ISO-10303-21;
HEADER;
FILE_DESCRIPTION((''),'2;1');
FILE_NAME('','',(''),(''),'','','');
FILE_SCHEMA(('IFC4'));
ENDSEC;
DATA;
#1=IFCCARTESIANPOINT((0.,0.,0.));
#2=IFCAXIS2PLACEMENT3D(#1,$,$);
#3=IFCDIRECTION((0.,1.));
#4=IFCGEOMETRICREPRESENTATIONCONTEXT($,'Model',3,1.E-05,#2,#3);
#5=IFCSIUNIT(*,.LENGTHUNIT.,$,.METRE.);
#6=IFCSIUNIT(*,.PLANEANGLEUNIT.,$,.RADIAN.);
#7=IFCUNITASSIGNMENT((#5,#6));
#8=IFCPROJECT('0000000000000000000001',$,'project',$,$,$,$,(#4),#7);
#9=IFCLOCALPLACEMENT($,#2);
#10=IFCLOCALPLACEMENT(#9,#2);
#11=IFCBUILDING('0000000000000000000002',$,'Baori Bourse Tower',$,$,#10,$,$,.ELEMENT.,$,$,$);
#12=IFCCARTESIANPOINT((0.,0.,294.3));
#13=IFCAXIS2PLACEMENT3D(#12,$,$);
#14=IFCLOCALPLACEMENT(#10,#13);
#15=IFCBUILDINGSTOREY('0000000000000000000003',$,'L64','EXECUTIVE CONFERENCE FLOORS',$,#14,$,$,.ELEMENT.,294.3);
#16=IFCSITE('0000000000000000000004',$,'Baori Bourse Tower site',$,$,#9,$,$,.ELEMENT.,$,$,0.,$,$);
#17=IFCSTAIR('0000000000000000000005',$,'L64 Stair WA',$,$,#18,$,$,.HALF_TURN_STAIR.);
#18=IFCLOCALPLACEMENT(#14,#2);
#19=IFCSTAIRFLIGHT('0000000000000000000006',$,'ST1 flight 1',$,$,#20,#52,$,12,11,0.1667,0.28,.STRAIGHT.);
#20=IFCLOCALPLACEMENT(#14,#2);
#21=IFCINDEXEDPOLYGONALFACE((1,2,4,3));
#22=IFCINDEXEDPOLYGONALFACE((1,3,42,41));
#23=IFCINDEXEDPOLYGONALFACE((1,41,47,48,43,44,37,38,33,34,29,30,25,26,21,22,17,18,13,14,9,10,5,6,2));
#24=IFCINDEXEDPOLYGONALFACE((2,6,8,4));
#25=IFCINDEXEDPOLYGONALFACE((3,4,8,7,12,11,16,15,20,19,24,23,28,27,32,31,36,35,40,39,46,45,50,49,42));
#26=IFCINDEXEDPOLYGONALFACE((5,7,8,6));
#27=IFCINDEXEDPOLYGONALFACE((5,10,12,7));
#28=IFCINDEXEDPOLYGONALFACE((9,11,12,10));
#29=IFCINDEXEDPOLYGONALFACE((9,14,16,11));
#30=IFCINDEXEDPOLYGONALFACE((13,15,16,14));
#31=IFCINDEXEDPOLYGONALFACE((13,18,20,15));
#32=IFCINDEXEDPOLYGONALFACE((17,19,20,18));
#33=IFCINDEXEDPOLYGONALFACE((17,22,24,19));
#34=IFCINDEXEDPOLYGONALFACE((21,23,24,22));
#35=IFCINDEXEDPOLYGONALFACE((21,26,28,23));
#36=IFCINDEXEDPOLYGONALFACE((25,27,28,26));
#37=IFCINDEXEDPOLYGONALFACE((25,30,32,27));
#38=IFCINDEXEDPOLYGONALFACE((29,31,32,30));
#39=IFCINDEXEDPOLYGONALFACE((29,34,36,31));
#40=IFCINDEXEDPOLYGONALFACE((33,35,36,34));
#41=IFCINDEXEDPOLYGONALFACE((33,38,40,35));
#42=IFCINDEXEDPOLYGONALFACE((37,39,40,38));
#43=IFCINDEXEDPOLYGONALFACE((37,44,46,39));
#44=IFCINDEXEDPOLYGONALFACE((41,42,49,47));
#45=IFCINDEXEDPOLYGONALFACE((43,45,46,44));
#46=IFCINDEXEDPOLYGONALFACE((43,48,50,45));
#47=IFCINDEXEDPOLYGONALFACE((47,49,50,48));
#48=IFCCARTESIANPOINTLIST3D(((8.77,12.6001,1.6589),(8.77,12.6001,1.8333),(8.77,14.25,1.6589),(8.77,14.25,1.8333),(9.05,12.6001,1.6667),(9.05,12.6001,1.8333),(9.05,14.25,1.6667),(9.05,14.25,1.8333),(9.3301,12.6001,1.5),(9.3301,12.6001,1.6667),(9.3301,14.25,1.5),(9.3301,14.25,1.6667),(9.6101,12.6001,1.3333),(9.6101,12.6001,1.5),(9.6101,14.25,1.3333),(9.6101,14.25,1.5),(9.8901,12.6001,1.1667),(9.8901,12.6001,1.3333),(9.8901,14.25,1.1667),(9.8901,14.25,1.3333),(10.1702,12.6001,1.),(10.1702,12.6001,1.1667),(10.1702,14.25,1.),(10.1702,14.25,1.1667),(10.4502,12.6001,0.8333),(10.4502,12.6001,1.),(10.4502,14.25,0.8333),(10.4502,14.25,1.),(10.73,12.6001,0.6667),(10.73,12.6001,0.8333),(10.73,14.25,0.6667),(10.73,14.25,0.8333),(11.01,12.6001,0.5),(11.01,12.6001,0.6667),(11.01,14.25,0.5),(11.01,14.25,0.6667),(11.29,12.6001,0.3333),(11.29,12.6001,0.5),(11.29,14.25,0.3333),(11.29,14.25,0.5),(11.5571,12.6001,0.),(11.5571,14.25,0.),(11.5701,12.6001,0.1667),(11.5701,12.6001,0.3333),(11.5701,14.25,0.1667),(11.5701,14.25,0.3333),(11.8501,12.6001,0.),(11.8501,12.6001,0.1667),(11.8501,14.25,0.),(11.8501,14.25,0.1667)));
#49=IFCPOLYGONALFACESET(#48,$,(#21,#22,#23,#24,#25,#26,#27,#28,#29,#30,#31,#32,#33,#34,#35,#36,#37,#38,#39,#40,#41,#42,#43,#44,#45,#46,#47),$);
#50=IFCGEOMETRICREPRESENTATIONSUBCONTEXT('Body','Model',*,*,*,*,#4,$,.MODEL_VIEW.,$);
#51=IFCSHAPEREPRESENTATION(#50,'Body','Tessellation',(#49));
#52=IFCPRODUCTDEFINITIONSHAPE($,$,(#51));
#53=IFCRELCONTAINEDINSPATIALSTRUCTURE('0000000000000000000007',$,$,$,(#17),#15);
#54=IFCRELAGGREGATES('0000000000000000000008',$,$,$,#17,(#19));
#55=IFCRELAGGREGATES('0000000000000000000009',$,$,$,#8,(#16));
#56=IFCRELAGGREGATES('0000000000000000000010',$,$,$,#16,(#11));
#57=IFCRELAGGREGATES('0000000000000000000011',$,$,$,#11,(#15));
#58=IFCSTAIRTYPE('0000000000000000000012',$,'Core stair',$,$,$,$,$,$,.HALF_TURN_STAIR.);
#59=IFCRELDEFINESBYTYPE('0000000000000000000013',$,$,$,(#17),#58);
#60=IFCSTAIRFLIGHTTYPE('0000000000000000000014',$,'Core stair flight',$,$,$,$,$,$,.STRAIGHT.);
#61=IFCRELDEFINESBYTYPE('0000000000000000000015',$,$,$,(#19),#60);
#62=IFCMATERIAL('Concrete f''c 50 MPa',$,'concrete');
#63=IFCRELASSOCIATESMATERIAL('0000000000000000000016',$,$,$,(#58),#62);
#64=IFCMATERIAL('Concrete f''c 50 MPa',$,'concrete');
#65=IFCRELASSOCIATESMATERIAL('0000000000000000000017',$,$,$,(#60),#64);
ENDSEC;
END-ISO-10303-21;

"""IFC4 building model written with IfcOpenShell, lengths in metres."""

from ifc_helpers import new_model, si_unit, direction, frame, origin, place, context, subcontext, project, spatial, polyline, outline, extrude, material, type_object, element, aggregate, save


model = new_model("IFC4")

# Units and contexts
model_context = context("Model", 3, precision=1e-05, world=origin(), true_north=direction((0.0, 1.0)))
body_context = subcontext(model_context, "Body", "Model", "MODEL_VIEW")
ifc_project = project(units=[si_unit("LENGTHUNIT", "METRE"), si_unit("PLANEANGLEUNIT", "RADIAN")], contexts=[model_context])

# Site, building, storey
site_placement = place(None, origin())
site = spatial("IfcSite", under=ifc_project, at=site_placement, Name="Baori Bourse Tower site", CompositionType="ELEMENT", RefElevation=0.0)
building_placement = place(site_placement, origin())
building = spatial("IfcBuilding", under=site, at=building_placement, Name="Baori Bourse Tower", CompositionType="ELEMENT")
storey_placement = place(building_placement, frame((0.0, 0.0, 294.3)))
storey = spatial("IfcBuildingStorey", under=building, at=storey_placement, Name="L64", Description="EXECUTIVE CONFERENCE FLOORS", CompositionType="ELEMENT", Elevation=294.3)

# Stair, stair flight
ifc_material_1 = material(Name="Concrete f'c 50 MPa", Category="concrete")
stair_type = type_object("IfcStairType", Name="Core stair", PredefinedType="HALF_TURN_STAIR", material=ifc_material_1)
stair_placement = place(storey_placement, origin())
stair = element("IfcStair", 1, at=stair_placement, inside=storey, type_object=stair_type, Name="L64 Stair WA", PredefinedType="HALF_TURN_STAIR")
ifc_material_2 = material(Name="Concrete f'c 50 MPa", Category="concrete")
stair_flight_type = type_object("IfcStairFlightType", Name="Core stair flight", PredefinedType="STRAIGHT", material=ifc_material_2)
stair_flight_placement = place(storey_placement, frame((11.8501, 13.425, 0.0), z_axis=(0.0, 0.0, 1.0), x_axis=(-1.0, 0.0, 0.0)))
stair_flight = element("IfcStairFlight", 2, at=stair_flight_placement, type_object=stair_flight_type, Name="ST1 flight 1", NumberOfRisers=12, NumberOfTreads=11, PredefinedType="STRAIGHT", RiserHeight=0.1667, TreadLength=0.28, context=body_context, shape_type="SweptSolid", body=[
    extrude(outline(polyline([(0.0, 0.0), (0.0, 0.1667), (0.28, 0.1667), (0.28, 0.3333), (0.5601, 0.3333), (0.5601, 0.5), (0.8401, 0.5), (0.8401, 0.6667), (1.1201, 0.6667), (1.1201, 0.8333), (1.3999, 0.8333), (1.3999, 1.0), (1.6799, 1.0), (1.6799, 1.1667), (1.96, 1.1667), (1.96, 1.3333), (2.24, 1.3333), (2.24, 1.5), (2.52, 1.5), (2.52, 1.6667), (2.8, 1.6667), (2.8, 1.8333), (3.0801, 1.8333), (3.0801, 2.0), (3.0801, 1.6589), (0.293, 0.0), (0.0, 0.0)])), frame((0.0, 0.825, 0.0), z_axis=(0.0, -1.0, 0.0), x_axis=(1.0, 0.0, 0.0)), (0.0, 0.0, 1.0), 1.6499),
])
aggregate(stair, [stair_flight])

save(model, "model.ifc")
